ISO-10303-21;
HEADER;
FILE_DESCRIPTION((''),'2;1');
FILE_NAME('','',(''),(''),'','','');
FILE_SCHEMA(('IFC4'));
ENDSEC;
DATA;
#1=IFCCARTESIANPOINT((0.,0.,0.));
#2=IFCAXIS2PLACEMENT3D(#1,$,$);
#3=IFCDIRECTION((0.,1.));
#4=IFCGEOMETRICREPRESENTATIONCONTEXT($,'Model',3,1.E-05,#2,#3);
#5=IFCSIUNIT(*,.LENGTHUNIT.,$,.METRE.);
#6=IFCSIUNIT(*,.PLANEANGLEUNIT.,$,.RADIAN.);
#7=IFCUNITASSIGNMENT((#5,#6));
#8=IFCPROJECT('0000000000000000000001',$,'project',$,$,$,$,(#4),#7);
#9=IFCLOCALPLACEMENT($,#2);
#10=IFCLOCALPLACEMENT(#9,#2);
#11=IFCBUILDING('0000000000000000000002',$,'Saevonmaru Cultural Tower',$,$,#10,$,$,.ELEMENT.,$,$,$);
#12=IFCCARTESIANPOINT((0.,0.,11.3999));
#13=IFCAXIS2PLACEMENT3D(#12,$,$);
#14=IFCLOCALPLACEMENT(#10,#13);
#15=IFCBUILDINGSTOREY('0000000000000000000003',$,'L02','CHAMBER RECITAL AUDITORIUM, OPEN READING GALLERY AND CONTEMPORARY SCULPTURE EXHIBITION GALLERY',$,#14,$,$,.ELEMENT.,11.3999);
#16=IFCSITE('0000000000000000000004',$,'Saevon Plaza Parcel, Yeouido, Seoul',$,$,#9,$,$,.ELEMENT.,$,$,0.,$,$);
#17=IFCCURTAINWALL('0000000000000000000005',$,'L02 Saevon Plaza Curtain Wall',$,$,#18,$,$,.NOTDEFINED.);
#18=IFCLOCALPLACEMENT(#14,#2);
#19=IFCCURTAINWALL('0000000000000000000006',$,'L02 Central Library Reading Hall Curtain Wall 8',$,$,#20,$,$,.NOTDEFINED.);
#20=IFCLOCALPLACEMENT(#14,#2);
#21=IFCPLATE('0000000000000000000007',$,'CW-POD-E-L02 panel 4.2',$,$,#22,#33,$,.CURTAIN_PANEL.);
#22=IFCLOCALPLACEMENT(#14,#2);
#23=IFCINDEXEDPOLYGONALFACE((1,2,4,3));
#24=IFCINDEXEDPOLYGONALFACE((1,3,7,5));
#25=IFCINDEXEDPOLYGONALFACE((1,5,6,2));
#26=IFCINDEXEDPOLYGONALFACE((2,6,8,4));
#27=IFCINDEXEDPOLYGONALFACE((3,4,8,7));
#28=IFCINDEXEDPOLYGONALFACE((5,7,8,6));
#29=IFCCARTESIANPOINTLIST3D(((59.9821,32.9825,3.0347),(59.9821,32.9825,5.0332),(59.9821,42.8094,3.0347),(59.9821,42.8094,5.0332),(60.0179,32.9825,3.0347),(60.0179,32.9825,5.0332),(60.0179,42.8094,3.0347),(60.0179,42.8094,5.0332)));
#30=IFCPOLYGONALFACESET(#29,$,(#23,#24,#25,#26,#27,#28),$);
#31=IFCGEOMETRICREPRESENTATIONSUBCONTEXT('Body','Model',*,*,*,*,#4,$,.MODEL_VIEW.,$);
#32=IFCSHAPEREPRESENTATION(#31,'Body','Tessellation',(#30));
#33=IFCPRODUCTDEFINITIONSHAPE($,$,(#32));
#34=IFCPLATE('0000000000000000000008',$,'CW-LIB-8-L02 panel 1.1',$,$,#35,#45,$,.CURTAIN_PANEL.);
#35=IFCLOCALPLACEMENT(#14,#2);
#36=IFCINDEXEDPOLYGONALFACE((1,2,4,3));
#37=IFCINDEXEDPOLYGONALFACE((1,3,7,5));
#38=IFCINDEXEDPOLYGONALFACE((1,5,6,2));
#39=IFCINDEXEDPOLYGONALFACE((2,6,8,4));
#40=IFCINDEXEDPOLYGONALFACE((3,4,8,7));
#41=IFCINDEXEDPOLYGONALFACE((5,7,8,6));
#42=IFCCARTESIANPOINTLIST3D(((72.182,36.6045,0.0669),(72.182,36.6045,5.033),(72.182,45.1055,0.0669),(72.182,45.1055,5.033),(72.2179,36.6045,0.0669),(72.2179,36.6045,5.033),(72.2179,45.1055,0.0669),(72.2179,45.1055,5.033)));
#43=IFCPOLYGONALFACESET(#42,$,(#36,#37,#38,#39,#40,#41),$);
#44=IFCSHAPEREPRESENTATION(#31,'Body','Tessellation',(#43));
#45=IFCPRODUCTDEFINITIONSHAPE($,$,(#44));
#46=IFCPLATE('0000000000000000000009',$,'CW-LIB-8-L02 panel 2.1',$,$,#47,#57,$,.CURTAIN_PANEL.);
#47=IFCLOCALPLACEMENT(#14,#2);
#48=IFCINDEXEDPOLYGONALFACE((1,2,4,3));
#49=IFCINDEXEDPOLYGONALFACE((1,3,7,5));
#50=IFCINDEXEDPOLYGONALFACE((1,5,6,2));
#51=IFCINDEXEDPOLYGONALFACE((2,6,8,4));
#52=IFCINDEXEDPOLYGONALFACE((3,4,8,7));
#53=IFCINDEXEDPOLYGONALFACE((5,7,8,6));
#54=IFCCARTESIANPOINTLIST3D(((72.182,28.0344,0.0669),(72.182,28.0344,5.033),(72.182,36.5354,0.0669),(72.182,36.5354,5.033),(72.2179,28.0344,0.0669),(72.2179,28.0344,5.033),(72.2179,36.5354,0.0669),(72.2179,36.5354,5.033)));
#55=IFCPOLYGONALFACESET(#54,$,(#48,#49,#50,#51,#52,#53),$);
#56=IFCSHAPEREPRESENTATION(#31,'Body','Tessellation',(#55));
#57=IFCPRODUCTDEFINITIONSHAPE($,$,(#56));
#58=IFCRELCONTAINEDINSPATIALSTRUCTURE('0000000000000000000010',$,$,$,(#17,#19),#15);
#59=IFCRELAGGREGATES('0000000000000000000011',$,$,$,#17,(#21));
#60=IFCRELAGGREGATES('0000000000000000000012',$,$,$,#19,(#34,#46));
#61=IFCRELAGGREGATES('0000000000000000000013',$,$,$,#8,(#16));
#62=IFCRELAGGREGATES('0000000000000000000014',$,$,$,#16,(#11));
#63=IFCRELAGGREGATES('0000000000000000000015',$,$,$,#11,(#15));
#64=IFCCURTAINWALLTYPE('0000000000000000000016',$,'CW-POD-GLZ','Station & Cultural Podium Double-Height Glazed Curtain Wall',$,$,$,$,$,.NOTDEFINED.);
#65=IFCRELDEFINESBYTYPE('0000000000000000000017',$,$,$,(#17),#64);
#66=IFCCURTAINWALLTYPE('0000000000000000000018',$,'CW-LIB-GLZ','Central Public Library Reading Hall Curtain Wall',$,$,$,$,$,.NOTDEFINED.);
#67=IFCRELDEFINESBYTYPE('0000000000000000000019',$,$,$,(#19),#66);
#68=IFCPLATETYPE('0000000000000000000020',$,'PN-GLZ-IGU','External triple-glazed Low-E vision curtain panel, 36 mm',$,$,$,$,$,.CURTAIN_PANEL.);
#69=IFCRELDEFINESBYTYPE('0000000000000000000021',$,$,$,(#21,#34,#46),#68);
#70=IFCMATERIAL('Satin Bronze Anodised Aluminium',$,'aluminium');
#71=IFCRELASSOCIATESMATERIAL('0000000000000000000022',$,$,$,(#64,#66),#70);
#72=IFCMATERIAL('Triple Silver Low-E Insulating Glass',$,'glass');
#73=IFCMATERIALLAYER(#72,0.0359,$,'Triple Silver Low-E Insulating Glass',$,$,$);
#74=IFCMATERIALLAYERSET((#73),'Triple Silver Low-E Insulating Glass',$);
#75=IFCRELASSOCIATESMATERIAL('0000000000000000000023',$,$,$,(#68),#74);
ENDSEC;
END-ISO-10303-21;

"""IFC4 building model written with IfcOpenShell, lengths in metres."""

from ifc_helpers import new_model, si_unit, direction, frame, origin, origin_2d, place, context, subcontext, project, spatial, rectangle, extrude, material, layer, layer_set, type_object, element, aggregate, save


model = new_model("IFC4")

# Units and contexts
model_context = context("Model", 3, precision=1e-05, world=origin(), true_north=direction((0.0, 1.0)))
body_context = subcontext(model_context, "Body", "Model", "MODEL_VIEW")
ifc_project = project(units=[si_unit("LENGTHUNIT", "METRE"), si_unit("PLANEANGLEUNIT", "RADIAN")], contexts=[model_context])

# Site, building, storey
site_placement = place(None, origin())
site = spatial("IfcSite", under=ifc_project, at=site_placement, Name="Saevon Plaza Parcel, Yeouido, Seoul", CompositionType="ELEMENT", RefElevation=0.0)
building_placement = place(site_placement, origin())
building = spatial("IfcBuilding", under=site, at=building_placement, Name="Saevonmaru Cultural Tower", CompositionType="ELEMENT")
storey_placement = place(building_placement, frame((0.0, 0.0, 11.3999)))
storey = spatial("IfcBuildingStorey", under=building, at=storey_placement, Name="L02", Description="CHAMBER RECITAL AUDITORIUM, OPEN READING GALLERY AND CONTEMPORARY SCULPTURE EXHIBITION GALLERY", CompositionType="ELEMENT", Elevation=11.3999)

# Curtain walls
ifc_material_1 = material(Name="Satin Bronze Anodised Aluminium", Category="aluminium")
curtain_wall_type_1 = type_object("IfcCurtainWallType", Name="CW-POD-GLZ", Description="Station & Cultural Podium Double-Height Glazed Curtain Wall", PredefinedType="NOTDEFINED", material=ifc_material_1)
curtain_wall_1_placement = place(storey_placement, origin())
curtain_wall_1 = element("IfcCurtainWall", 1, at=curtain_wall_1_placement, inside=storey, type_object=curtain_wall_type_1, Name="L02 Saevon Plaza Curtain Wall", PredefinedType="NOTDEFINED")
curtain_wall_type_2 = type_object("IfcCurtainWallType", Name="CW-LIB-GLZ", Description="Central Public Library Reading Hall Curtain Wall", PredefinedType="NOTDEFINED", material=ifc_material_1)
curtain_wall_2_placement = place(storey_placement, origin())
curtain_wall_2 = element("IfcCurtainWall", 2, at=curtain_wall_2_placement, inside=storey, type_object=curtain_wall_type_2, Name="L02 Central Library Reading Hall Curtain Wall 8", PredefinedType="NOTDEFINED")

# Plates
ifc_material_2 = material(Name="Triple Silver Low-E Insulating Glass", Category="glass")
ifc_layer = layer(ifc_material_2, 0.0359, Name="Triple Silver Low-E Insulating Glass")
ifc_layer_set = layer_set([ifc_layer], Name="Triple Silver Low-E Insulating Glass")
plate_type = type_object("IfcPlateType", Name="PN-GLZ-IGU", Description="External triple-glazed Low-E vision curtain panel, 36 mm", PredefinedType="CURTAIN_PANEL", material=ifc_layer_set)
plate_1_placement = place(storey_placement, frame((60.0, 37.896, 3.0347), z_axis=(0.0, 0.0, 1.0), x_axis=(0.0, 1.0, 0.0)))
plate_1 = element("IfcPlate", 3, at=plate_1_placement, type_object=plate_type, Name="CW-POD-E-L02 panel 4.2", PredefinedType="CURTAIN_PANEL", context=body_context, shape_type="SweptSolid", body=[
    extrude(rectangle(XDim=9.8269, YDim=0.0359, at=origin_2d()), origin(), (0.0, 0.0, 1.0), 1.9985),
])
aggregate(curtain_wall_1, [plate_1])
plate_2_placement = place(storey_placement, frame((72.2, 40.855, 0.0669), z_axis=(0.0, 0.0, 1.0), x_axis=(0.0, -1.0, 0.0)))
plate_2 = element("IfcPlate", 4, at=plate_2_placement, type_object=plate_type, Name="CW-LIB-8-L02 panel 1.1", PredefinedType="CURTAIN_PANEL", context=body_context, shape_type="SweptSolid", body=[
    extrude(rectangle(XDim=8.501, YDim=0.0359, at=origin_2d()), origin(), (0.0, 0.0, 1.0), 4.9661),
])
plate_3_placement = place(storey_placement, frame((72.2, 32.2849, 0.0669), z_axis=(0.0, 0.0, 1.0), x_axis=(0.0, -1.0, 0.0)))
plate_3 = element("IfcPlate", 5, at=plate_3_placement, type_object=plate_type, Name="CW-LIB-8-L02 panel 2.1", PredefinedType="CURTAIN_PANEL", context=body_context, shape_type="SweptSolid", body=[
    extrude(rectangle(XDim=8.501, YDim=0.0359, at=origin_2d()), origin(), (0.0, 0.0, 1.0), 4.9661),
])
aggregate(curtain_wall_2, [plate_2, plate_3])

save(model, "model.ifc")
